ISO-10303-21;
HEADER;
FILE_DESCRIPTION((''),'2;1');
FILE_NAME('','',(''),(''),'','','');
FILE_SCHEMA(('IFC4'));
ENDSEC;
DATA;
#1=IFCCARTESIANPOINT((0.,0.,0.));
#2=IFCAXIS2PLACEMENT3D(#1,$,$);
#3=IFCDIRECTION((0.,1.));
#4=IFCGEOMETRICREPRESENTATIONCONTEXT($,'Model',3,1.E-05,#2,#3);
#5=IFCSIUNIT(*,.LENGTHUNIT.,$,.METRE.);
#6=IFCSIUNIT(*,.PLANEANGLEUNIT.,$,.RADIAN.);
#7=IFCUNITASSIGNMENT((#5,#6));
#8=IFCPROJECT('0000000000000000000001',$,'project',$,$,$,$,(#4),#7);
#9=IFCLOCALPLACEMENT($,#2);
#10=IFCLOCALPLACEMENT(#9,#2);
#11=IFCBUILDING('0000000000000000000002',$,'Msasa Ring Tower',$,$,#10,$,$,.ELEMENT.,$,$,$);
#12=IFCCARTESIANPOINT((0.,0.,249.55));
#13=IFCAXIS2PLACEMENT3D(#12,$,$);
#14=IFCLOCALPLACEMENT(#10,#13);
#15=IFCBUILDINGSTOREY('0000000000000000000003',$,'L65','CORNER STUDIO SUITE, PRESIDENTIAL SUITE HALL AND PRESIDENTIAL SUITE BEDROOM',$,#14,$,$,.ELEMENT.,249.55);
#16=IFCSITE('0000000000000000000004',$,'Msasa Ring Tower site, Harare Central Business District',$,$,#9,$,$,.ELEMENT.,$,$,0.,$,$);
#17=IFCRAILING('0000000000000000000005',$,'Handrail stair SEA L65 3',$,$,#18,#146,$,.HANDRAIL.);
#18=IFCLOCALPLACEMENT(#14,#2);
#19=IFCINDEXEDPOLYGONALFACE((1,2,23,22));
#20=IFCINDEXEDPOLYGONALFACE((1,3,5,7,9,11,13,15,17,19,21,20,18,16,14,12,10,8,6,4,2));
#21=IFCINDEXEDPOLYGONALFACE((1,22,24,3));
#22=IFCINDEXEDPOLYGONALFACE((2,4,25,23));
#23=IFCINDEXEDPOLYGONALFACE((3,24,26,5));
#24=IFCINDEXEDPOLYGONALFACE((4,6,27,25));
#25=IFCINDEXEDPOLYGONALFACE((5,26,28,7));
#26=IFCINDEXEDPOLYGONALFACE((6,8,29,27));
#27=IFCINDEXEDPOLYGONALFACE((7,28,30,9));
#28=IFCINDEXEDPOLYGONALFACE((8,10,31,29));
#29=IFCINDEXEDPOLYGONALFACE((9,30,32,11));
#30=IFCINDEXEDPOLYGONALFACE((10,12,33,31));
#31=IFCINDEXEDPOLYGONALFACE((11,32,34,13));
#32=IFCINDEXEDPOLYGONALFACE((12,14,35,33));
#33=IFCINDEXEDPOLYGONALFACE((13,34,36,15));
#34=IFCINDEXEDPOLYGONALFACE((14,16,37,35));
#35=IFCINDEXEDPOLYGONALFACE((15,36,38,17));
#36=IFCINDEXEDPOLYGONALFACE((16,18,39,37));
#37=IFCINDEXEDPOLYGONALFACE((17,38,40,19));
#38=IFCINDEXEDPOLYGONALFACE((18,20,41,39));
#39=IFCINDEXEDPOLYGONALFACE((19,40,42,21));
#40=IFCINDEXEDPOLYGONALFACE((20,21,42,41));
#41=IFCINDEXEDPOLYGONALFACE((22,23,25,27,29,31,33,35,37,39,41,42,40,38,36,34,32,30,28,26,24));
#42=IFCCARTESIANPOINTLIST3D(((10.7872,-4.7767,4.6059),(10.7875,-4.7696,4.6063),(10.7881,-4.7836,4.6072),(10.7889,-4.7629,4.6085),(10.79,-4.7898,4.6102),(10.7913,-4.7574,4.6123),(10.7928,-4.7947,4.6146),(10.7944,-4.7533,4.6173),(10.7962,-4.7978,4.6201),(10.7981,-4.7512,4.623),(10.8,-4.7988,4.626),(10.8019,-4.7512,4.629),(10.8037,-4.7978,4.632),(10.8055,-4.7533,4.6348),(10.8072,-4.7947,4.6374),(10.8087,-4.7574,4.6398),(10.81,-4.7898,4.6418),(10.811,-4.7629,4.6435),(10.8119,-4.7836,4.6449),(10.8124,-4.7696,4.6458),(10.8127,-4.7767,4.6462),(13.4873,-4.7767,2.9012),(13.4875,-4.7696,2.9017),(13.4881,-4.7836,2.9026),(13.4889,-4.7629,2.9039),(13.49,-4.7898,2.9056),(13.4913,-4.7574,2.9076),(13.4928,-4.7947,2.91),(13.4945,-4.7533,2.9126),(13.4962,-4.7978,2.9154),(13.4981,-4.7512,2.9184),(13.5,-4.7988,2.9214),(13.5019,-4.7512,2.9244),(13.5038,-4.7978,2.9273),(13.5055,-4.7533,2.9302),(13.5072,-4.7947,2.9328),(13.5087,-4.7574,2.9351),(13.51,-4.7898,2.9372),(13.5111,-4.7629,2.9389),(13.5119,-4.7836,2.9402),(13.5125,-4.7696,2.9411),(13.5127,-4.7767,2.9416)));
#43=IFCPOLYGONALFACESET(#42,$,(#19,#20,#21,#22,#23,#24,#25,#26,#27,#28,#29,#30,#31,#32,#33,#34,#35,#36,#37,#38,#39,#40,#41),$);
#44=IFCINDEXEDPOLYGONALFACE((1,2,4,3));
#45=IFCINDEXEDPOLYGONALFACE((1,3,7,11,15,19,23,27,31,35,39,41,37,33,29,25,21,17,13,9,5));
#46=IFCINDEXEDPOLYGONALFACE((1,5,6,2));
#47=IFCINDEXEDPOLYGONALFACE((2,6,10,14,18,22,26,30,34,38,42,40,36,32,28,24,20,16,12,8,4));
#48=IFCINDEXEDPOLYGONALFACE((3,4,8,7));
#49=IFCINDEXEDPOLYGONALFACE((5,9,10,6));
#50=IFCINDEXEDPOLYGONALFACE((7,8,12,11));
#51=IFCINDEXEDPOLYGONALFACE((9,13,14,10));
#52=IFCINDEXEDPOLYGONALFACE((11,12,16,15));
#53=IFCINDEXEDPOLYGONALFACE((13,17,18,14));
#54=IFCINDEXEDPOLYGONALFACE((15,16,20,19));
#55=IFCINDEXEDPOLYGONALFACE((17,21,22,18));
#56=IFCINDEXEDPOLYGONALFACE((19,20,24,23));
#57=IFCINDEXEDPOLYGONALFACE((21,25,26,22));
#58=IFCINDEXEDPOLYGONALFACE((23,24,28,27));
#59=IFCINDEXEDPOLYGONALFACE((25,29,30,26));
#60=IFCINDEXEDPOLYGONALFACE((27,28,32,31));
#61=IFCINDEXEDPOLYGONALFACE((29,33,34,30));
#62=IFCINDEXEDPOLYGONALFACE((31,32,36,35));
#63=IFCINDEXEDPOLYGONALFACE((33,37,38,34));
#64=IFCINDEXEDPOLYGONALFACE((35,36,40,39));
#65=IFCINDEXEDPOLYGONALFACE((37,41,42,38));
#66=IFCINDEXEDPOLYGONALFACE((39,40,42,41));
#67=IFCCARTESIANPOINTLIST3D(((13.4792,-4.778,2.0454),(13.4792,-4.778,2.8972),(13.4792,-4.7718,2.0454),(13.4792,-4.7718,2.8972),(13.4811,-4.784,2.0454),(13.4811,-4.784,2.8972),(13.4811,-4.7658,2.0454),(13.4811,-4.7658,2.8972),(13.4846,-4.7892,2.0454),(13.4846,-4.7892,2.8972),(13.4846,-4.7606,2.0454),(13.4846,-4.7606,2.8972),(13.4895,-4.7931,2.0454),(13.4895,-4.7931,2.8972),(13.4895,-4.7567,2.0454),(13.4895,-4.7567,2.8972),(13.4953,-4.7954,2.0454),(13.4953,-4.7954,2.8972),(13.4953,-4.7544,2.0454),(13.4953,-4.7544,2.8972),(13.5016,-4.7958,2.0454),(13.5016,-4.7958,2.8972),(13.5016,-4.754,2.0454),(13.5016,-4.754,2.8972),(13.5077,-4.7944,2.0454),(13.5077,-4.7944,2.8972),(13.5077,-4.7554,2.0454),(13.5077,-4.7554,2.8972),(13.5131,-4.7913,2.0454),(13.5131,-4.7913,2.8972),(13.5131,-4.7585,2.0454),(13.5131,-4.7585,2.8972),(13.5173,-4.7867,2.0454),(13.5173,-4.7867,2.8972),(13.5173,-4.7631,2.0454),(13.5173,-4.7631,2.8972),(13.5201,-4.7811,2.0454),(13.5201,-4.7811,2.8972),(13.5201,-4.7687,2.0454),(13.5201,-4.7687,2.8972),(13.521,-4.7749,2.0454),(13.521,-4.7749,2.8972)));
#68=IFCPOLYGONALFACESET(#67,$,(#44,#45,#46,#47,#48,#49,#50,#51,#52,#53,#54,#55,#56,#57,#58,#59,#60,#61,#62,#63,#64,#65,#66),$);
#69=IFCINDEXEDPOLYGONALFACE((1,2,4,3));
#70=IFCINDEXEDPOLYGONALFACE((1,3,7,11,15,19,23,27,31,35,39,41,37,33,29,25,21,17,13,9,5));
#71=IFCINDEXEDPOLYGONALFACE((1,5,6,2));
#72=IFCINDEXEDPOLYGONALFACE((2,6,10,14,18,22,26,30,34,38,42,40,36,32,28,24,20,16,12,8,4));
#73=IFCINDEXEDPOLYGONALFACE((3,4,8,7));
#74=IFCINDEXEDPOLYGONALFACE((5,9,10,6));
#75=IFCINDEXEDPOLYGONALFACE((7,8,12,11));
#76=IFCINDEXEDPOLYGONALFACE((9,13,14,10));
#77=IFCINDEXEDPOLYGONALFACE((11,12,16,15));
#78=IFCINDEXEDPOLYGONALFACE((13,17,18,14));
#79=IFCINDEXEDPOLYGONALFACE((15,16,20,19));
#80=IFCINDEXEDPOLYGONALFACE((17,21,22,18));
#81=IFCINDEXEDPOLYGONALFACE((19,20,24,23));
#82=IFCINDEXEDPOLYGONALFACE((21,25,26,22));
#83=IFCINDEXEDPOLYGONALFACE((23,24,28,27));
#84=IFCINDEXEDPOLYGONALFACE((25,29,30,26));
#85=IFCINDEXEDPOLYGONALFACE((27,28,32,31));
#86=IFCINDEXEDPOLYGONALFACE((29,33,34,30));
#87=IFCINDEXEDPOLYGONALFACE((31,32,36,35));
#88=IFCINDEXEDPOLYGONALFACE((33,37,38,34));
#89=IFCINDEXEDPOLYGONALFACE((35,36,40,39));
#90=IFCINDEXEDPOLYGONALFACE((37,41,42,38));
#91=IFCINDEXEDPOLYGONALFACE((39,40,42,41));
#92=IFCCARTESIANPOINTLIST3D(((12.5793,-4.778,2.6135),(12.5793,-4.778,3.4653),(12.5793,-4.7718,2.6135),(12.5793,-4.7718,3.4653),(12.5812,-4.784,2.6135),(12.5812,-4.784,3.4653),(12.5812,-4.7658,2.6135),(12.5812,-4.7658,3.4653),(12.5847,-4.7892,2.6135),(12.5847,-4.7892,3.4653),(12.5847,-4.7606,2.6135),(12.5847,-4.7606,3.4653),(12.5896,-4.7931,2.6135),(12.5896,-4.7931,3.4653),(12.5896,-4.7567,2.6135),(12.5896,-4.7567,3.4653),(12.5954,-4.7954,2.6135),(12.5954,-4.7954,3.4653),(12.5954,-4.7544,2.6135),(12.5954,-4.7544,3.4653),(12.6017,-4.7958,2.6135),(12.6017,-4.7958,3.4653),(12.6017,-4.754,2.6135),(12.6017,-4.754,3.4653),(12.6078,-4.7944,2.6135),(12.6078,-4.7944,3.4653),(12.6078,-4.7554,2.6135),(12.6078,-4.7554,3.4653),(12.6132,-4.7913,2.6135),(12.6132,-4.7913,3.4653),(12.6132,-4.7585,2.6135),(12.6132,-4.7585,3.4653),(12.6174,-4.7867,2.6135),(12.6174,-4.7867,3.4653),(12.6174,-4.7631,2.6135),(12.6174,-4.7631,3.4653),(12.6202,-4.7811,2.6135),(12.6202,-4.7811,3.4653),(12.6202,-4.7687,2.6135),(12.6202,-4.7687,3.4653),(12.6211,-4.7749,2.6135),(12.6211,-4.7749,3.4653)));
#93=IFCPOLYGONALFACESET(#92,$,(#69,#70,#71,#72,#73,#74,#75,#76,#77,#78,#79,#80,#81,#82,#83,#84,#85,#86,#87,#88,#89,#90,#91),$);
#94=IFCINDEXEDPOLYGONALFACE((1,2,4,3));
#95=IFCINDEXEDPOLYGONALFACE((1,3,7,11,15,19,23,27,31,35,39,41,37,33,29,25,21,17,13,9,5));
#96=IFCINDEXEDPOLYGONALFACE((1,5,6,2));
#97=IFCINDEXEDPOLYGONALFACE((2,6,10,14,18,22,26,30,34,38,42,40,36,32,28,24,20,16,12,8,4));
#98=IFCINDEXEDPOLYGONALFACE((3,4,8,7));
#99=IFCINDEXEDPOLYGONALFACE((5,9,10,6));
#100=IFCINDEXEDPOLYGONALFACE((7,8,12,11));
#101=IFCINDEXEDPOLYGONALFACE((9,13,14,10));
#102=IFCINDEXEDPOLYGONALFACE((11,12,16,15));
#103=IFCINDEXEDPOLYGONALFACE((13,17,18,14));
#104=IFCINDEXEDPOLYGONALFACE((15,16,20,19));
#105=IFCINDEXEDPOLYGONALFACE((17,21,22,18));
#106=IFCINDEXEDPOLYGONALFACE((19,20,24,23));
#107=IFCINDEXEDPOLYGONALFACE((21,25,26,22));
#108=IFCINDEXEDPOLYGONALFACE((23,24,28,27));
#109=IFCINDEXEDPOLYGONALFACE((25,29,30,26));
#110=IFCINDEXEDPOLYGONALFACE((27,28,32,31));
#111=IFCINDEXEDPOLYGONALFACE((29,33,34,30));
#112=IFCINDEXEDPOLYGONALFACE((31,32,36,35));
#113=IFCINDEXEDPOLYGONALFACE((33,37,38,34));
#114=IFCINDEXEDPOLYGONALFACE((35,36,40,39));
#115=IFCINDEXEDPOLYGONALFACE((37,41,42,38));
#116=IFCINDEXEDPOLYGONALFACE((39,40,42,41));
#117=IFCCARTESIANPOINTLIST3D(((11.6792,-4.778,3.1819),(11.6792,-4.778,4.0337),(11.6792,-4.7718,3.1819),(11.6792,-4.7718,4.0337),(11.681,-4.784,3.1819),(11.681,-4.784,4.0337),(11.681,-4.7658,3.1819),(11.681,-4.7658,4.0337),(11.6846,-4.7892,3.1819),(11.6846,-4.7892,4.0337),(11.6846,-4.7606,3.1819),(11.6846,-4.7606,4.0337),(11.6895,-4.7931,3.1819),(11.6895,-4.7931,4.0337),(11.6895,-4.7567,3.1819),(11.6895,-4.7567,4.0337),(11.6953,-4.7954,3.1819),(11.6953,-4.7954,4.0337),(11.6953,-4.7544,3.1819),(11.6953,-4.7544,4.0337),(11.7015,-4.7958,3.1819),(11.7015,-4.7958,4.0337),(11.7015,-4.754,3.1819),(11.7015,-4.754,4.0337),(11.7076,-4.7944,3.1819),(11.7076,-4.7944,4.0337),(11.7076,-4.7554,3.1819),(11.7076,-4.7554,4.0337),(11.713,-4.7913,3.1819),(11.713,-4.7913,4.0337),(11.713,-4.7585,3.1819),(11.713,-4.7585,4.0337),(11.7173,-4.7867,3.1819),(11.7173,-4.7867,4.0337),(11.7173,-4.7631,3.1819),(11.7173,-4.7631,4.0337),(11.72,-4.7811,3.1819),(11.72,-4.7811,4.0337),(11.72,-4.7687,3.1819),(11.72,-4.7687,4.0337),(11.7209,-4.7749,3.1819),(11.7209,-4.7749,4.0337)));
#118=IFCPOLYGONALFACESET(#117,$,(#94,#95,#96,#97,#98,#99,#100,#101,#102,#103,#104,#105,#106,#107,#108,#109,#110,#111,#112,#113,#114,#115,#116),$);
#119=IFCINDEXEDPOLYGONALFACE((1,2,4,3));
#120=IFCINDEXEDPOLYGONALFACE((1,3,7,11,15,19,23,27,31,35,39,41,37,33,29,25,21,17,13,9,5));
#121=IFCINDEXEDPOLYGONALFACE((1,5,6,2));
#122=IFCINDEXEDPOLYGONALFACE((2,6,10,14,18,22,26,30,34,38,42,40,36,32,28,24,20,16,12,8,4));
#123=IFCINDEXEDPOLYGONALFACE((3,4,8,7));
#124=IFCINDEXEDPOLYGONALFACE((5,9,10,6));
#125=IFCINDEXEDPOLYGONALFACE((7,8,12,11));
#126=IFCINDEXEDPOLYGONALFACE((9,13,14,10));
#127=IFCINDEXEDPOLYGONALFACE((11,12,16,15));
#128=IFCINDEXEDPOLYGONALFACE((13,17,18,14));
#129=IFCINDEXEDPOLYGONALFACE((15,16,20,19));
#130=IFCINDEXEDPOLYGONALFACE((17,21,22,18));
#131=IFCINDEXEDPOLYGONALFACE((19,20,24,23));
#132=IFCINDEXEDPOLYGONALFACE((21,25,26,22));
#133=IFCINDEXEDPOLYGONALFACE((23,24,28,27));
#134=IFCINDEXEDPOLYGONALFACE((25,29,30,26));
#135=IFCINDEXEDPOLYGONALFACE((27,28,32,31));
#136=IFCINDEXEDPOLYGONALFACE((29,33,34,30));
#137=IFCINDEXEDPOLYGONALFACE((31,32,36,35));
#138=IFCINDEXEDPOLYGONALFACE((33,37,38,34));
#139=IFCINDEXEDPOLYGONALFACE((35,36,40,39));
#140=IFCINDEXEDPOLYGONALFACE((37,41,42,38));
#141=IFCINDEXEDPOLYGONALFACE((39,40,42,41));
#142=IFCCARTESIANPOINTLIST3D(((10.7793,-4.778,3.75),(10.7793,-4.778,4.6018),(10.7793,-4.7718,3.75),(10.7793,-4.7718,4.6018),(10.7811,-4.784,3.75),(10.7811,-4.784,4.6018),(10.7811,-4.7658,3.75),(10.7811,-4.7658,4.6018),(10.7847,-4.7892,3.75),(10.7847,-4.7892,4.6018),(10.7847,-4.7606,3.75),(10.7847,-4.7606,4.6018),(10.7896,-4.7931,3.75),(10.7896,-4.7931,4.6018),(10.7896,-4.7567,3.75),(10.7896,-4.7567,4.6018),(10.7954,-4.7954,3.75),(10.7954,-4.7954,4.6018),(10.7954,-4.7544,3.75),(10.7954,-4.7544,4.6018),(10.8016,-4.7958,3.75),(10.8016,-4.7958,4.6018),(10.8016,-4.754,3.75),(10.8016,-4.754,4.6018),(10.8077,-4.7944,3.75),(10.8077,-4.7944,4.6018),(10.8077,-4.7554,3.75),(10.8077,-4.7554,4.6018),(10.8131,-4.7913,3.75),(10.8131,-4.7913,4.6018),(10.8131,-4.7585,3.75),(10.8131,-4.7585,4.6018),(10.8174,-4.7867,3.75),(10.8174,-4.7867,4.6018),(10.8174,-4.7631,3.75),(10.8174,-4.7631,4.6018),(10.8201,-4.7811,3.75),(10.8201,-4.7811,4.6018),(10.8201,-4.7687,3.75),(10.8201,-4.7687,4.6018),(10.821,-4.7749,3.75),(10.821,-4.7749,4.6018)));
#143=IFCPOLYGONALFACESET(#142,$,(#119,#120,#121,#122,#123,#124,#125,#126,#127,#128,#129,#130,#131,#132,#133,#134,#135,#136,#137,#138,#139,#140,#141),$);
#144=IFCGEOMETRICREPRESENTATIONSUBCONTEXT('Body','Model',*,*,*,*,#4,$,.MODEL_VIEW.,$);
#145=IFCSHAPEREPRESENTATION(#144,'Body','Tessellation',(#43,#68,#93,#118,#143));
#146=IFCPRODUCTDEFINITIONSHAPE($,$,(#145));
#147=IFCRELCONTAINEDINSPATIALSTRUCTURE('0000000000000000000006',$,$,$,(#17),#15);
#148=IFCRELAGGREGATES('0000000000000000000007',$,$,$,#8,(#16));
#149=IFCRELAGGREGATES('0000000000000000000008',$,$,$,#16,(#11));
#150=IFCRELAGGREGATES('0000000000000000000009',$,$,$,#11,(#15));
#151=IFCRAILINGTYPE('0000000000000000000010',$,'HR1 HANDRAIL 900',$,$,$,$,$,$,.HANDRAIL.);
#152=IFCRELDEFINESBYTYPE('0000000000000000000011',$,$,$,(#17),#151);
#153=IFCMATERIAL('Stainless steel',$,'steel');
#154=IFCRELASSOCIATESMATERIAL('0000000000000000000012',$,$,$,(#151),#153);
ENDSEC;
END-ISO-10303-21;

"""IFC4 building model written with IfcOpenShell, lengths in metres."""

from ifc_helpers import new_model, si_unit, direction, frame, origin, origin_2d, place, context, subcontext, project, spatial, circle, extrude, material, type_object, element, save


model = new_model("IFC4")

# Units and contexts
model_context = context("Model", 3, precision=1e-05, world=origin(), true_north=direction((0.0, 1.0)))
body_context = subcontext(model_context, "Body", "Model", "MODEL_VIEW")
ifc_project = project(units=[si_unit("LENGTHUNIT", "METRE"), si_unit("PLANEANGLEUNIT", "RADIAN")], contexts=[model_context])

# Site, building, storey
site_placement = place(None, origin())
site = spatial("IfcSite", under=ifc_project, at=site_placement, Name="Msasa Ring Tower site, Harare Central Business District", CompositionType="ELEMENT", RefElevation=0.0)
building_placement = place(site_placement, origin())
building = spatial("IfcBuilding", under=site, at=building_placement, Name="Msasa Ring Tower", CompositionType="ELEMENT")
storey_placement = place(building_placement, frame((0.0, 0.0, 249.55)))
storey = spatial("IfcBuildingStorey", under=building, at=storey_placement, Name="L65", Description="CORNER STUDIO SUITE, PRESIDENTIAL SUITE HALL AND PRESIDENTIAL SUITE BEDROOM", CompositionType="ELEMENT", Elevation=249.55)

# Railing
ifc_material_1 = material(Name="Stainless steel", Category="steel")
railing_type = type_object("IfcRailingType", Name="HR1 HANDRAIL 900", PredefinedType="HANDRAIL", material=ifc_material_1)
for number, where, name in (
    (1, (13.5, -4.7749, 2.0454), "Handrail stair SEA L65 3"),
):
    element("IfcRailing", number, at=place(storey_placement, frame(where)), inside=storey, type_object=railing_type, Name=name, PredefinedType="HANDRAIL", context=body_context, shape_type="SweptSolid", body=[
        extrude(circle(Radius=0.0239, at=origin_2d()), frame((0.0, 0.0, 0.876), z_axis=(-0.84558, 0.0, 0.533849), x_axis=(0.0, -1.0, 0.0)), (0.0, 0.0, 1.0), 3.1931),
        extrude(circle(Radius=0.021, at=origin_2d()), origin(), (0.0, 0.0, 1.0), 0.8518),
        extrude(circle(Radius=0.021, at=origin_2d()), frame((-0.8999, 0.0, 0.5681)), (0.0, 0.0, 1.0), 0.8518),
        extrude(circle(Radius=0.021, at=origin_2d()), frame((-1.8, 0.0, 1.1365)), (0.0, 0.0, 1.0), 0.8518),
        extrude(circle(Radius=0.021, at=origin_2d()), frame((-2.7, 0.0, 1.7046)), (0.0, 0.0, 1.0), 0.8518),
    ])

save(model, "model.ifc")
